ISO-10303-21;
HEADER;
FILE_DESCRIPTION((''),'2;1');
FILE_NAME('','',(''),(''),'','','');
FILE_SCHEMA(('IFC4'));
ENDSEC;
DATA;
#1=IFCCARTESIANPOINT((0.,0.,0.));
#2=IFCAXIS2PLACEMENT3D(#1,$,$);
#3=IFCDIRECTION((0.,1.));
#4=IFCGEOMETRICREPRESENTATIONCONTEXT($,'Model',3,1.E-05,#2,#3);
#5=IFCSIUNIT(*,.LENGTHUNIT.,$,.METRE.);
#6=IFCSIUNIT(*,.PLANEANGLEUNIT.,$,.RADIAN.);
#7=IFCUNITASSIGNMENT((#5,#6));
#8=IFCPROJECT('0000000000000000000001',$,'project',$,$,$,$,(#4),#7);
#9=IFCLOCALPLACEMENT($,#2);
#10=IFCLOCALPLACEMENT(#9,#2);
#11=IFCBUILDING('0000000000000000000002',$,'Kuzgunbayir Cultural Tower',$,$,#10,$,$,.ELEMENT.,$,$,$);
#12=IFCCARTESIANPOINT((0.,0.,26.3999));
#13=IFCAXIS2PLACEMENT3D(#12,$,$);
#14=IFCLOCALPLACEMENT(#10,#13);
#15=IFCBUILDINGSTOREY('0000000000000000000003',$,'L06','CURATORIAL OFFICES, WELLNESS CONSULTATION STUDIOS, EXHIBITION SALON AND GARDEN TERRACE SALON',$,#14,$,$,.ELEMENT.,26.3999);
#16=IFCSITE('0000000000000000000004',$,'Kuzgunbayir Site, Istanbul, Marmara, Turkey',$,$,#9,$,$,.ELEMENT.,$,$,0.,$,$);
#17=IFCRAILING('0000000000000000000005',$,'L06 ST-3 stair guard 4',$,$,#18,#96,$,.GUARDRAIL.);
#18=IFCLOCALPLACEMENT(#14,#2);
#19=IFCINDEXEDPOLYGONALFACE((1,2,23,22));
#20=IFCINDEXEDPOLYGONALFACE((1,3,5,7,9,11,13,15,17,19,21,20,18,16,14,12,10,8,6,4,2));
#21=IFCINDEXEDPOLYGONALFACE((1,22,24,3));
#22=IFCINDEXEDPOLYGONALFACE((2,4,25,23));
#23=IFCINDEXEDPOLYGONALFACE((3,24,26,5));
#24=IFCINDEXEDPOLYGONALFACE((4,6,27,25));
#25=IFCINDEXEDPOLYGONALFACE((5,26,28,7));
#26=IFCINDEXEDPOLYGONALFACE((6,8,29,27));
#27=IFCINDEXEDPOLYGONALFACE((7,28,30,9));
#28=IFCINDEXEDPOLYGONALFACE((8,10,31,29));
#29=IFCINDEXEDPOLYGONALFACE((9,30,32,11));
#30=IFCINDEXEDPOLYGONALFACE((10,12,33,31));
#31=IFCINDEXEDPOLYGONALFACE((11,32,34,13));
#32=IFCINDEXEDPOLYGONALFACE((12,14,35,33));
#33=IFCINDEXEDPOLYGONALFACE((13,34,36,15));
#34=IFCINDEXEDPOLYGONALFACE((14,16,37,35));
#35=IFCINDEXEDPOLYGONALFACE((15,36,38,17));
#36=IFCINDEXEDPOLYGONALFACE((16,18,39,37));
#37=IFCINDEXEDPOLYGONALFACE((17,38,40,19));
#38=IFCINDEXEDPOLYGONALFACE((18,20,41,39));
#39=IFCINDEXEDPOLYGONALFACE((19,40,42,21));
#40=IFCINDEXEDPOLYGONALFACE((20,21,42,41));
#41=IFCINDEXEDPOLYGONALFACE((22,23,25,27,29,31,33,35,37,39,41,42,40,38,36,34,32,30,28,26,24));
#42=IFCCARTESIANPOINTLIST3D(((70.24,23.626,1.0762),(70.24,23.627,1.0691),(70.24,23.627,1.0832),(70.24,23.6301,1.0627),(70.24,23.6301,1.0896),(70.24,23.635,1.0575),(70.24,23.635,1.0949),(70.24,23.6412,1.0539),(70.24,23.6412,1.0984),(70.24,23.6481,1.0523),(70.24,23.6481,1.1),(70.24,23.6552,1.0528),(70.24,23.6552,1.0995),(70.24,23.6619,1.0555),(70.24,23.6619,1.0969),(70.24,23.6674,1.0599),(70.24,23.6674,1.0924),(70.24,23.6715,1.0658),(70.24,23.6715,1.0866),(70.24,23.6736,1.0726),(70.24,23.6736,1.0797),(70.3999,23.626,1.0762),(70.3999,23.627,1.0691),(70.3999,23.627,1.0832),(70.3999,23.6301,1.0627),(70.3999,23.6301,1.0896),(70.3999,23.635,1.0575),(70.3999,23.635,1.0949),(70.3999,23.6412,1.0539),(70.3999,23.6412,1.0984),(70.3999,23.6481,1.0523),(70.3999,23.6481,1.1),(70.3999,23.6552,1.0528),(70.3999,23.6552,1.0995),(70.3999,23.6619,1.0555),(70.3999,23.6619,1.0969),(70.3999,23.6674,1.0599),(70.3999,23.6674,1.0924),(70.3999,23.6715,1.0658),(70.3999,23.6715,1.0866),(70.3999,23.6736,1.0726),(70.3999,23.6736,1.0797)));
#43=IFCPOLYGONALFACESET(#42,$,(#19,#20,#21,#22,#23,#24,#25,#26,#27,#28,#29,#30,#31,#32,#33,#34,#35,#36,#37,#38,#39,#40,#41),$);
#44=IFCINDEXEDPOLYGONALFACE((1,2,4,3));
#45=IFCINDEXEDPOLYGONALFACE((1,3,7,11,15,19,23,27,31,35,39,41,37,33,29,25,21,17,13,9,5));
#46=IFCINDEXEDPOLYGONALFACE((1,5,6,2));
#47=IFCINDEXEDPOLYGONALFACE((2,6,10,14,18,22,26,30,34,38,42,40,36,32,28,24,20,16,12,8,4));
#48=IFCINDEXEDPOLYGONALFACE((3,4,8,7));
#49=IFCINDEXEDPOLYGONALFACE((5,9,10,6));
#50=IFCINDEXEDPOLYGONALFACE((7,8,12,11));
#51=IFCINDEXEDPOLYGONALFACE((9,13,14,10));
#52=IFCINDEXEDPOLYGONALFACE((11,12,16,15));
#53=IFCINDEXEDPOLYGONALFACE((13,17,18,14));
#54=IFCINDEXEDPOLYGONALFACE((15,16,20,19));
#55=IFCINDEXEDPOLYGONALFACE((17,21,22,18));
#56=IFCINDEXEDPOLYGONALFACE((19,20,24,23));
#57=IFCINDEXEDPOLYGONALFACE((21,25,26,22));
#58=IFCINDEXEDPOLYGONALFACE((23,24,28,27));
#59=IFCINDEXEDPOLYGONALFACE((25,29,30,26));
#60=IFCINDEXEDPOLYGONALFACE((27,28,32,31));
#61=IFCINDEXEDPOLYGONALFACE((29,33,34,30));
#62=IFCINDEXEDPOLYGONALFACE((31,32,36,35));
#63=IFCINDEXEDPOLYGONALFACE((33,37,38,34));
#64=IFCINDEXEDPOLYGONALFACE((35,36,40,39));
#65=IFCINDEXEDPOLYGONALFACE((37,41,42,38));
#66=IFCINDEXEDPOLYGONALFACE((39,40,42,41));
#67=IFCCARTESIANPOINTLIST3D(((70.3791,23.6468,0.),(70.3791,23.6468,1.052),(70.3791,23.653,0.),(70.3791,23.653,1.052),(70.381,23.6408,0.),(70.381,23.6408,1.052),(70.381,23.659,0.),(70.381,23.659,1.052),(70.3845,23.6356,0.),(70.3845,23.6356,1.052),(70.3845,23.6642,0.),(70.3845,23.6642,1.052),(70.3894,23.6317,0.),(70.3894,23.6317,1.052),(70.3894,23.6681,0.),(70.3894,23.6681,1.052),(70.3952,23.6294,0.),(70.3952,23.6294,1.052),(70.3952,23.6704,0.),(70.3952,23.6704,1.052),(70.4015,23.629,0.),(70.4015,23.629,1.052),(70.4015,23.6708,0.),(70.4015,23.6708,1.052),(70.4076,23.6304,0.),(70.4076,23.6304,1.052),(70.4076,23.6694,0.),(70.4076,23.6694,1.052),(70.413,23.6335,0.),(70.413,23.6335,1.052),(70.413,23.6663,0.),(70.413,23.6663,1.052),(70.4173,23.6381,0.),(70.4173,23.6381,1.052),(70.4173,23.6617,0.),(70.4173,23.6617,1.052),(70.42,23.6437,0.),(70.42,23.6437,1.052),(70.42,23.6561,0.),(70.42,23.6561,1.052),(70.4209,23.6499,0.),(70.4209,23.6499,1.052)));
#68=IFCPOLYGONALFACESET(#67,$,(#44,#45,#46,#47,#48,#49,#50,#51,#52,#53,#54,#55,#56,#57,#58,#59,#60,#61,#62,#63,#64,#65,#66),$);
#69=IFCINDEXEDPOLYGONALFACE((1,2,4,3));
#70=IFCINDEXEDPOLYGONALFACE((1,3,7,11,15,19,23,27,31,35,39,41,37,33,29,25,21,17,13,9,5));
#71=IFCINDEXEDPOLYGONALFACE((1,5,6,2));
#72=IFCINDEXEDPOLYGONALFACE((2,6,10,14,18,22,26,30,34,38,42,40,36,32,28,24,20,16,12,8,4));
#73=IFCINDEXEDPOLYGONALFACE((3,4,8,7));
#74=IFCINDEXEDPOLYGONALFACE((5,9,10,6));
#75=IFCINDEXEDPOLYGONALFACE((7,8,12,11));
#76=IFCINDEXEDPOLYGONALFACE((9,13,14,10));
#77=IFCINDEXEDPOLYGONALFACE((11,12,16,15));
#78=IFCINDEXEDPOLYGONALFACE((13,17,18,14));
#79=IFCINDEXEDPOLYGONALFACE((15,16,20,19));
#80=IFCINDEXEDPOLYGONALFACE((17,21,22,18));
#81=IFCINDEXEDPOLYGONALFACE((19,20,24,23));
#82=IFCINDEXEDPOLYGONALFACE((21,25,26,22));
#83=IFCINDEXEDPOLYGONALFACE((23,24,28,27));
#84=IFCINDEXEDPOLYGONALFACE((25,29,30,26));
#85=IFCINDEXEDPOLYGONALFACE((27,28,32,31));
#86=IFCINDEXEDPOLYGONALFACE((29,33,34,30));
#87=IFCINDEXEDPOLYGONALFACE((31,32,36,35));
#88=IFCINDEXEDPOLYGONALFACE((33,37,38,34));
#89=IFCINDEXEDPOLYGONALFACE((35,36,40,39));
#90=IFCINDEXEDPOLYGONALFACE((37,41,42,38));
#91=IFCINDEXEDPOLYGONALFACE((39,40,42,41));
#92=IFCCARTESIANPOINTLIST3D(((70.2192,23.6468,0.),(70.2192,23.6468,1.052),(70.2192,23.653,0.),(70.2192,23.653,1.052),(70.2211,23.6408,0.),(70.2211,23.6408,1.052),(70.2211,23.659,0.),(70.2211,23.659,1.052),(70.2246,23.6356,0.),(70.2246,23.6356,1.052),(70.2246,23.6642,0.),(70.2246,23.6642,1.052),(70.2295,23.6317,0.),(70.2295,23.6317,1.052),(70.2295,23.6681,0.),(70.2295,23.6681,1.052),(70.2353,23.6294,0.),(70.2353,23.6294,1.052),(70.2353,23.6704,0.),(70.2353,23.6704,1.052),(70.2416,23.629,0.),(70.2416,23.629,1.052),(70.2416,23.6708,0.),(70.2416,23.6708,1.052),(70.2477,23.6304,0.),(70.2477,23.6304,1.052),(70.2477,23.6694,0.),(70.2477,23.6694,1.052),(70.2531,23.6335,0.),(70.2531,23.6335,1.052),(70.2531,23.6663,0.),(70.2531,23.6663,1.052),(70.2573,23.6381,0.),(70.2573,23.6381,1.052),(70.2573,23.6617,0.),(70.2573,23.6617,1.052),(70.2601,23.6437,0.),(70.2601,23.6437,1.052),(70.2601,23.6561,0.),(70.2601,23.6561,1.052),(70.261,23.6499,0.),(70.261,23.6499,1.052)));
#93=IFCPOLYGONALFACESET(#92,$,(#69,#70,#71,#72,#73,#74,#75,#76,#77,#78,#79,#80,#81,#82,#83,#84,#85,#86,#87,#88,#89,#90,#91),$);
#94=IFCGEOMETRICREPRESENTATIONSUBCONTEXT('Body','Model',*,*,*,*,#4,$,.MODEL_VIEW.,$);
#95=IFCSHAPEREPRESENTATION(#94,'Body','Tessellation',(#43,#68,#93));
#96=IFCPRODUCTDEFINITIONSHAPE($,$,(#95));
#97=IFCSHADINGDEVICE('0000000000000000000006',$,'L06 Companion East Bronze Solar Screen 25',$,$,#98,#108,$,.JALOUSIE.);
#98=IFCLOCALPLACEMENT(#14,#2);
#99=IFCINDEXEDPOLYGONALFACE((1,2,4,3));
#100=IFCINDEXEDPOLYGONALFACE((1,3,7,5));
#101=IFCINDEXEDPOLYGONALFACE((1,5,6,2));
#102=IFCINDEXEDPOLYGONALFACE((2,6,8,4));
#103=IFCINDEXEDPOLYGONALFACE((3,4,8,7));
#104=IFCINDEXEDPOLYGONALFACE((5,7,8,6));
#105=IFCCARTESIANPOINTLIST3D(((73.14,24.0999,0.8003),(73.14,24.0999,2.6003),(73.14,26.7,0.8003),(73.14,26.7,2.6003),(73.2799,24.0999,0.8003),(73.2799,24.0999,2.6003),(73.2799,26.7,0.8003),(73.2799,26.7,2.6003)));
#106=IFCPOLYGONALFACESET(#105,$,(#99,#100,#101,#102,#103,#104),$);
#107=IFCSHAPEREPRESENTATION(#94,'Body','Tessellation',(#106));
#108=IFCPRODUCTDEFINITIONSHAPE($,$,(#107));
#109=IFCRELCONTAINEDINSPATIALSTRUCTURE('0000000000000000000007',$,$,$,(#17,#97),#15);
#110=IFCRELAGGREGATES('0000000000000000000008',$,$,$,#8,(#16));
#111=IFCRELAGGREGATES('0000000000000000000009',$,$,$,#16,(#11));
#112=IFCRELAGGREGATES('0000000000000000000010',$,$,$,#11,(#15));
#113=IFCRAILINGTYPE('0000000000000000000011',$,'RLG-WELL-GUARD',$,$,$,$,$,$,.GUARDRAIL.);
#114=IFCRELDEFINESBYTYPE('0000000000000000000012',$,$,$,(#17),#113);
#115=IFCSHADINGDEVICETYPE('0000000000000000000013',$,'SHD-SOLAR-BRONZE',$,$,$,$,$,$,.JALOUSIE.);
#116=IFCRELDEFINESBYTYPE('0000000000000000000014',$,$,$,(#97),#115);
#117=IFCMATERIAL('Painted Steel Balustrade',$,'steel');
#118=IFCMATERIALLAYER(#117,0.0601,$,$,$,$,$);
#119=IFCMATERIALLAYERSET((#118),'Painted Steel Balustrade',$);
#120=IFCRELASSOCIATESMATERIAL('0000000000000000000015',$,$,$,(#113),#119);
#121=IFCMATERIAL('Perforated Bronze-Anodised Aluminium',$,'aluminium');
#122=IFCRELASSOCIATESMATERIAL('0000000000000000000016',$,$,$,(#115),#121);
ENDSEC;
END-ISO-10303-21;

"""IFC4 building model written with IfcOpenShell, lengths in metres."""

from ifc_helpers import new_model, si_unit, direction, frame, origin, origin_2d, place, context, subcontext, project, spatial, rectangle, circle, extrude, material, layer, layer_set, type_object, element, save


model = new_model("IFC4")

# Units and contexts
model_context = context("Model", 3, precision=1e-05, world=origin(), true_north=direction((0.0, 1.0)))
body_context = subcontext(model_context, "Body", "Model", "MODEL_VIEW")
ifc_project = project(units=[si_unit("LENGTHUNIT", "METRE"), si_unit("PLANEANGLEUNIT", "RADIAN")], contexts=[model_context])

# Site, building, storey
site_placement = place(None, origin())
site = spatial("IfcSite", under=ifc_project, at=site_placement, Name="Kuzgunbayir Site, Istanbul, Marmara, Turkey", CompositionType="ELEMENT", RefElevation=0.0)
building_placement = place(site_placement, origin())
building = spatial("IfcBuilding", under=site, at=building_placement, Name="Kuzgunbayir Cultural Tower", CompositionType="ELEMENT")
storey_placement = place(building_placement, frame((0.0, 0.0, 26.3999)))
storey = spatial("IfcBuildingStorey", under=building, at=storey_placement, Name="L06", Description="CURATORIAL OFFICES, WELLNESS CONSULTATION STUDIOS, EXHIBITION SALON AND GARDEN TERRACE SALON", CompositionType="ELEMENT", Elevation=26.3999)

# Railing
ifc_material_1 = material(Name="Painted Steel Balustrade", Category="steel")
ifc_layer_1 = layer(ifc_material_1, 0.0601)
ifc_layer_set_1 = layer_set([ifc_layer_1], Name="Painted Steel Balustrade")
railing_type_1 = type_object("IfcRailingType", Name="RLG-WELL-GUARD", PredefinedType="GUARDRAIL", material=ifc_layer_set_1)
railing_1_placement = place(storey_placement, frame((70.3999, 23.6499, 0.0)))
element("IfcRailing", 1, at=railing_1_placement, inside=storey, type_object=railing_type_1, Name="L06 ST-3 stair guard 4", PredefinedType="GUARDRAIL", context=body_context, shape_type="SweptSolid", body=[
    extrude(circle(Radius=0.0239, at=origin_2d()), frame((0.0, 0.0, 1.0762), z_axis=(-1.0, 0.0, 0.0), x_axis=(0.0, -1.0, 0.0)), (0.0, 0.0, 1.0), 0.1599),
    extrude(circle(Radius=0.021, at=origin_2d()), origin(), (0.0, 0.0, 1.0), 1.052),
    extrude(circle(Radius=0.021, at=origin_2d()), frame((-0.1599, 0.0, 0.0)), (0.0, 0.0, 1.0), 1.052),
])

# Shading device
ifc_material_2 = material(Name="Perforated Bronze-Anodised Aluminium", Category="aluminium")
shading_device_type = type_object("IfcShadingDeviceType", Name="SHD-SOLAR-BRONZE", PredefinedType="JALOUSIE", material=ifc_material_2)
shading_device_placement = place(storey_placement, frame((73.21, 25.3999, 0.8003), z_axis=(0.0, 0.0, 1.0), x_axis=(1.0, 0.0, 0.0)))
element("IfcShadingDevice", 2, at=shading_device_placement, inside=storey, type_object=shading_device_type, Name="L06 Companion East Bronze Solar Screen 25", PredefinedType="JALOUSIE", context=body_context, shape_type="SweptSolid", body=[
    extrude(rectangle(XDim=0.1399, YDim=2.6001, at=origin_2d()), origin(), (0.0, 0.0, 1.0), 1.8),
])

save(model, "model.ifc")
